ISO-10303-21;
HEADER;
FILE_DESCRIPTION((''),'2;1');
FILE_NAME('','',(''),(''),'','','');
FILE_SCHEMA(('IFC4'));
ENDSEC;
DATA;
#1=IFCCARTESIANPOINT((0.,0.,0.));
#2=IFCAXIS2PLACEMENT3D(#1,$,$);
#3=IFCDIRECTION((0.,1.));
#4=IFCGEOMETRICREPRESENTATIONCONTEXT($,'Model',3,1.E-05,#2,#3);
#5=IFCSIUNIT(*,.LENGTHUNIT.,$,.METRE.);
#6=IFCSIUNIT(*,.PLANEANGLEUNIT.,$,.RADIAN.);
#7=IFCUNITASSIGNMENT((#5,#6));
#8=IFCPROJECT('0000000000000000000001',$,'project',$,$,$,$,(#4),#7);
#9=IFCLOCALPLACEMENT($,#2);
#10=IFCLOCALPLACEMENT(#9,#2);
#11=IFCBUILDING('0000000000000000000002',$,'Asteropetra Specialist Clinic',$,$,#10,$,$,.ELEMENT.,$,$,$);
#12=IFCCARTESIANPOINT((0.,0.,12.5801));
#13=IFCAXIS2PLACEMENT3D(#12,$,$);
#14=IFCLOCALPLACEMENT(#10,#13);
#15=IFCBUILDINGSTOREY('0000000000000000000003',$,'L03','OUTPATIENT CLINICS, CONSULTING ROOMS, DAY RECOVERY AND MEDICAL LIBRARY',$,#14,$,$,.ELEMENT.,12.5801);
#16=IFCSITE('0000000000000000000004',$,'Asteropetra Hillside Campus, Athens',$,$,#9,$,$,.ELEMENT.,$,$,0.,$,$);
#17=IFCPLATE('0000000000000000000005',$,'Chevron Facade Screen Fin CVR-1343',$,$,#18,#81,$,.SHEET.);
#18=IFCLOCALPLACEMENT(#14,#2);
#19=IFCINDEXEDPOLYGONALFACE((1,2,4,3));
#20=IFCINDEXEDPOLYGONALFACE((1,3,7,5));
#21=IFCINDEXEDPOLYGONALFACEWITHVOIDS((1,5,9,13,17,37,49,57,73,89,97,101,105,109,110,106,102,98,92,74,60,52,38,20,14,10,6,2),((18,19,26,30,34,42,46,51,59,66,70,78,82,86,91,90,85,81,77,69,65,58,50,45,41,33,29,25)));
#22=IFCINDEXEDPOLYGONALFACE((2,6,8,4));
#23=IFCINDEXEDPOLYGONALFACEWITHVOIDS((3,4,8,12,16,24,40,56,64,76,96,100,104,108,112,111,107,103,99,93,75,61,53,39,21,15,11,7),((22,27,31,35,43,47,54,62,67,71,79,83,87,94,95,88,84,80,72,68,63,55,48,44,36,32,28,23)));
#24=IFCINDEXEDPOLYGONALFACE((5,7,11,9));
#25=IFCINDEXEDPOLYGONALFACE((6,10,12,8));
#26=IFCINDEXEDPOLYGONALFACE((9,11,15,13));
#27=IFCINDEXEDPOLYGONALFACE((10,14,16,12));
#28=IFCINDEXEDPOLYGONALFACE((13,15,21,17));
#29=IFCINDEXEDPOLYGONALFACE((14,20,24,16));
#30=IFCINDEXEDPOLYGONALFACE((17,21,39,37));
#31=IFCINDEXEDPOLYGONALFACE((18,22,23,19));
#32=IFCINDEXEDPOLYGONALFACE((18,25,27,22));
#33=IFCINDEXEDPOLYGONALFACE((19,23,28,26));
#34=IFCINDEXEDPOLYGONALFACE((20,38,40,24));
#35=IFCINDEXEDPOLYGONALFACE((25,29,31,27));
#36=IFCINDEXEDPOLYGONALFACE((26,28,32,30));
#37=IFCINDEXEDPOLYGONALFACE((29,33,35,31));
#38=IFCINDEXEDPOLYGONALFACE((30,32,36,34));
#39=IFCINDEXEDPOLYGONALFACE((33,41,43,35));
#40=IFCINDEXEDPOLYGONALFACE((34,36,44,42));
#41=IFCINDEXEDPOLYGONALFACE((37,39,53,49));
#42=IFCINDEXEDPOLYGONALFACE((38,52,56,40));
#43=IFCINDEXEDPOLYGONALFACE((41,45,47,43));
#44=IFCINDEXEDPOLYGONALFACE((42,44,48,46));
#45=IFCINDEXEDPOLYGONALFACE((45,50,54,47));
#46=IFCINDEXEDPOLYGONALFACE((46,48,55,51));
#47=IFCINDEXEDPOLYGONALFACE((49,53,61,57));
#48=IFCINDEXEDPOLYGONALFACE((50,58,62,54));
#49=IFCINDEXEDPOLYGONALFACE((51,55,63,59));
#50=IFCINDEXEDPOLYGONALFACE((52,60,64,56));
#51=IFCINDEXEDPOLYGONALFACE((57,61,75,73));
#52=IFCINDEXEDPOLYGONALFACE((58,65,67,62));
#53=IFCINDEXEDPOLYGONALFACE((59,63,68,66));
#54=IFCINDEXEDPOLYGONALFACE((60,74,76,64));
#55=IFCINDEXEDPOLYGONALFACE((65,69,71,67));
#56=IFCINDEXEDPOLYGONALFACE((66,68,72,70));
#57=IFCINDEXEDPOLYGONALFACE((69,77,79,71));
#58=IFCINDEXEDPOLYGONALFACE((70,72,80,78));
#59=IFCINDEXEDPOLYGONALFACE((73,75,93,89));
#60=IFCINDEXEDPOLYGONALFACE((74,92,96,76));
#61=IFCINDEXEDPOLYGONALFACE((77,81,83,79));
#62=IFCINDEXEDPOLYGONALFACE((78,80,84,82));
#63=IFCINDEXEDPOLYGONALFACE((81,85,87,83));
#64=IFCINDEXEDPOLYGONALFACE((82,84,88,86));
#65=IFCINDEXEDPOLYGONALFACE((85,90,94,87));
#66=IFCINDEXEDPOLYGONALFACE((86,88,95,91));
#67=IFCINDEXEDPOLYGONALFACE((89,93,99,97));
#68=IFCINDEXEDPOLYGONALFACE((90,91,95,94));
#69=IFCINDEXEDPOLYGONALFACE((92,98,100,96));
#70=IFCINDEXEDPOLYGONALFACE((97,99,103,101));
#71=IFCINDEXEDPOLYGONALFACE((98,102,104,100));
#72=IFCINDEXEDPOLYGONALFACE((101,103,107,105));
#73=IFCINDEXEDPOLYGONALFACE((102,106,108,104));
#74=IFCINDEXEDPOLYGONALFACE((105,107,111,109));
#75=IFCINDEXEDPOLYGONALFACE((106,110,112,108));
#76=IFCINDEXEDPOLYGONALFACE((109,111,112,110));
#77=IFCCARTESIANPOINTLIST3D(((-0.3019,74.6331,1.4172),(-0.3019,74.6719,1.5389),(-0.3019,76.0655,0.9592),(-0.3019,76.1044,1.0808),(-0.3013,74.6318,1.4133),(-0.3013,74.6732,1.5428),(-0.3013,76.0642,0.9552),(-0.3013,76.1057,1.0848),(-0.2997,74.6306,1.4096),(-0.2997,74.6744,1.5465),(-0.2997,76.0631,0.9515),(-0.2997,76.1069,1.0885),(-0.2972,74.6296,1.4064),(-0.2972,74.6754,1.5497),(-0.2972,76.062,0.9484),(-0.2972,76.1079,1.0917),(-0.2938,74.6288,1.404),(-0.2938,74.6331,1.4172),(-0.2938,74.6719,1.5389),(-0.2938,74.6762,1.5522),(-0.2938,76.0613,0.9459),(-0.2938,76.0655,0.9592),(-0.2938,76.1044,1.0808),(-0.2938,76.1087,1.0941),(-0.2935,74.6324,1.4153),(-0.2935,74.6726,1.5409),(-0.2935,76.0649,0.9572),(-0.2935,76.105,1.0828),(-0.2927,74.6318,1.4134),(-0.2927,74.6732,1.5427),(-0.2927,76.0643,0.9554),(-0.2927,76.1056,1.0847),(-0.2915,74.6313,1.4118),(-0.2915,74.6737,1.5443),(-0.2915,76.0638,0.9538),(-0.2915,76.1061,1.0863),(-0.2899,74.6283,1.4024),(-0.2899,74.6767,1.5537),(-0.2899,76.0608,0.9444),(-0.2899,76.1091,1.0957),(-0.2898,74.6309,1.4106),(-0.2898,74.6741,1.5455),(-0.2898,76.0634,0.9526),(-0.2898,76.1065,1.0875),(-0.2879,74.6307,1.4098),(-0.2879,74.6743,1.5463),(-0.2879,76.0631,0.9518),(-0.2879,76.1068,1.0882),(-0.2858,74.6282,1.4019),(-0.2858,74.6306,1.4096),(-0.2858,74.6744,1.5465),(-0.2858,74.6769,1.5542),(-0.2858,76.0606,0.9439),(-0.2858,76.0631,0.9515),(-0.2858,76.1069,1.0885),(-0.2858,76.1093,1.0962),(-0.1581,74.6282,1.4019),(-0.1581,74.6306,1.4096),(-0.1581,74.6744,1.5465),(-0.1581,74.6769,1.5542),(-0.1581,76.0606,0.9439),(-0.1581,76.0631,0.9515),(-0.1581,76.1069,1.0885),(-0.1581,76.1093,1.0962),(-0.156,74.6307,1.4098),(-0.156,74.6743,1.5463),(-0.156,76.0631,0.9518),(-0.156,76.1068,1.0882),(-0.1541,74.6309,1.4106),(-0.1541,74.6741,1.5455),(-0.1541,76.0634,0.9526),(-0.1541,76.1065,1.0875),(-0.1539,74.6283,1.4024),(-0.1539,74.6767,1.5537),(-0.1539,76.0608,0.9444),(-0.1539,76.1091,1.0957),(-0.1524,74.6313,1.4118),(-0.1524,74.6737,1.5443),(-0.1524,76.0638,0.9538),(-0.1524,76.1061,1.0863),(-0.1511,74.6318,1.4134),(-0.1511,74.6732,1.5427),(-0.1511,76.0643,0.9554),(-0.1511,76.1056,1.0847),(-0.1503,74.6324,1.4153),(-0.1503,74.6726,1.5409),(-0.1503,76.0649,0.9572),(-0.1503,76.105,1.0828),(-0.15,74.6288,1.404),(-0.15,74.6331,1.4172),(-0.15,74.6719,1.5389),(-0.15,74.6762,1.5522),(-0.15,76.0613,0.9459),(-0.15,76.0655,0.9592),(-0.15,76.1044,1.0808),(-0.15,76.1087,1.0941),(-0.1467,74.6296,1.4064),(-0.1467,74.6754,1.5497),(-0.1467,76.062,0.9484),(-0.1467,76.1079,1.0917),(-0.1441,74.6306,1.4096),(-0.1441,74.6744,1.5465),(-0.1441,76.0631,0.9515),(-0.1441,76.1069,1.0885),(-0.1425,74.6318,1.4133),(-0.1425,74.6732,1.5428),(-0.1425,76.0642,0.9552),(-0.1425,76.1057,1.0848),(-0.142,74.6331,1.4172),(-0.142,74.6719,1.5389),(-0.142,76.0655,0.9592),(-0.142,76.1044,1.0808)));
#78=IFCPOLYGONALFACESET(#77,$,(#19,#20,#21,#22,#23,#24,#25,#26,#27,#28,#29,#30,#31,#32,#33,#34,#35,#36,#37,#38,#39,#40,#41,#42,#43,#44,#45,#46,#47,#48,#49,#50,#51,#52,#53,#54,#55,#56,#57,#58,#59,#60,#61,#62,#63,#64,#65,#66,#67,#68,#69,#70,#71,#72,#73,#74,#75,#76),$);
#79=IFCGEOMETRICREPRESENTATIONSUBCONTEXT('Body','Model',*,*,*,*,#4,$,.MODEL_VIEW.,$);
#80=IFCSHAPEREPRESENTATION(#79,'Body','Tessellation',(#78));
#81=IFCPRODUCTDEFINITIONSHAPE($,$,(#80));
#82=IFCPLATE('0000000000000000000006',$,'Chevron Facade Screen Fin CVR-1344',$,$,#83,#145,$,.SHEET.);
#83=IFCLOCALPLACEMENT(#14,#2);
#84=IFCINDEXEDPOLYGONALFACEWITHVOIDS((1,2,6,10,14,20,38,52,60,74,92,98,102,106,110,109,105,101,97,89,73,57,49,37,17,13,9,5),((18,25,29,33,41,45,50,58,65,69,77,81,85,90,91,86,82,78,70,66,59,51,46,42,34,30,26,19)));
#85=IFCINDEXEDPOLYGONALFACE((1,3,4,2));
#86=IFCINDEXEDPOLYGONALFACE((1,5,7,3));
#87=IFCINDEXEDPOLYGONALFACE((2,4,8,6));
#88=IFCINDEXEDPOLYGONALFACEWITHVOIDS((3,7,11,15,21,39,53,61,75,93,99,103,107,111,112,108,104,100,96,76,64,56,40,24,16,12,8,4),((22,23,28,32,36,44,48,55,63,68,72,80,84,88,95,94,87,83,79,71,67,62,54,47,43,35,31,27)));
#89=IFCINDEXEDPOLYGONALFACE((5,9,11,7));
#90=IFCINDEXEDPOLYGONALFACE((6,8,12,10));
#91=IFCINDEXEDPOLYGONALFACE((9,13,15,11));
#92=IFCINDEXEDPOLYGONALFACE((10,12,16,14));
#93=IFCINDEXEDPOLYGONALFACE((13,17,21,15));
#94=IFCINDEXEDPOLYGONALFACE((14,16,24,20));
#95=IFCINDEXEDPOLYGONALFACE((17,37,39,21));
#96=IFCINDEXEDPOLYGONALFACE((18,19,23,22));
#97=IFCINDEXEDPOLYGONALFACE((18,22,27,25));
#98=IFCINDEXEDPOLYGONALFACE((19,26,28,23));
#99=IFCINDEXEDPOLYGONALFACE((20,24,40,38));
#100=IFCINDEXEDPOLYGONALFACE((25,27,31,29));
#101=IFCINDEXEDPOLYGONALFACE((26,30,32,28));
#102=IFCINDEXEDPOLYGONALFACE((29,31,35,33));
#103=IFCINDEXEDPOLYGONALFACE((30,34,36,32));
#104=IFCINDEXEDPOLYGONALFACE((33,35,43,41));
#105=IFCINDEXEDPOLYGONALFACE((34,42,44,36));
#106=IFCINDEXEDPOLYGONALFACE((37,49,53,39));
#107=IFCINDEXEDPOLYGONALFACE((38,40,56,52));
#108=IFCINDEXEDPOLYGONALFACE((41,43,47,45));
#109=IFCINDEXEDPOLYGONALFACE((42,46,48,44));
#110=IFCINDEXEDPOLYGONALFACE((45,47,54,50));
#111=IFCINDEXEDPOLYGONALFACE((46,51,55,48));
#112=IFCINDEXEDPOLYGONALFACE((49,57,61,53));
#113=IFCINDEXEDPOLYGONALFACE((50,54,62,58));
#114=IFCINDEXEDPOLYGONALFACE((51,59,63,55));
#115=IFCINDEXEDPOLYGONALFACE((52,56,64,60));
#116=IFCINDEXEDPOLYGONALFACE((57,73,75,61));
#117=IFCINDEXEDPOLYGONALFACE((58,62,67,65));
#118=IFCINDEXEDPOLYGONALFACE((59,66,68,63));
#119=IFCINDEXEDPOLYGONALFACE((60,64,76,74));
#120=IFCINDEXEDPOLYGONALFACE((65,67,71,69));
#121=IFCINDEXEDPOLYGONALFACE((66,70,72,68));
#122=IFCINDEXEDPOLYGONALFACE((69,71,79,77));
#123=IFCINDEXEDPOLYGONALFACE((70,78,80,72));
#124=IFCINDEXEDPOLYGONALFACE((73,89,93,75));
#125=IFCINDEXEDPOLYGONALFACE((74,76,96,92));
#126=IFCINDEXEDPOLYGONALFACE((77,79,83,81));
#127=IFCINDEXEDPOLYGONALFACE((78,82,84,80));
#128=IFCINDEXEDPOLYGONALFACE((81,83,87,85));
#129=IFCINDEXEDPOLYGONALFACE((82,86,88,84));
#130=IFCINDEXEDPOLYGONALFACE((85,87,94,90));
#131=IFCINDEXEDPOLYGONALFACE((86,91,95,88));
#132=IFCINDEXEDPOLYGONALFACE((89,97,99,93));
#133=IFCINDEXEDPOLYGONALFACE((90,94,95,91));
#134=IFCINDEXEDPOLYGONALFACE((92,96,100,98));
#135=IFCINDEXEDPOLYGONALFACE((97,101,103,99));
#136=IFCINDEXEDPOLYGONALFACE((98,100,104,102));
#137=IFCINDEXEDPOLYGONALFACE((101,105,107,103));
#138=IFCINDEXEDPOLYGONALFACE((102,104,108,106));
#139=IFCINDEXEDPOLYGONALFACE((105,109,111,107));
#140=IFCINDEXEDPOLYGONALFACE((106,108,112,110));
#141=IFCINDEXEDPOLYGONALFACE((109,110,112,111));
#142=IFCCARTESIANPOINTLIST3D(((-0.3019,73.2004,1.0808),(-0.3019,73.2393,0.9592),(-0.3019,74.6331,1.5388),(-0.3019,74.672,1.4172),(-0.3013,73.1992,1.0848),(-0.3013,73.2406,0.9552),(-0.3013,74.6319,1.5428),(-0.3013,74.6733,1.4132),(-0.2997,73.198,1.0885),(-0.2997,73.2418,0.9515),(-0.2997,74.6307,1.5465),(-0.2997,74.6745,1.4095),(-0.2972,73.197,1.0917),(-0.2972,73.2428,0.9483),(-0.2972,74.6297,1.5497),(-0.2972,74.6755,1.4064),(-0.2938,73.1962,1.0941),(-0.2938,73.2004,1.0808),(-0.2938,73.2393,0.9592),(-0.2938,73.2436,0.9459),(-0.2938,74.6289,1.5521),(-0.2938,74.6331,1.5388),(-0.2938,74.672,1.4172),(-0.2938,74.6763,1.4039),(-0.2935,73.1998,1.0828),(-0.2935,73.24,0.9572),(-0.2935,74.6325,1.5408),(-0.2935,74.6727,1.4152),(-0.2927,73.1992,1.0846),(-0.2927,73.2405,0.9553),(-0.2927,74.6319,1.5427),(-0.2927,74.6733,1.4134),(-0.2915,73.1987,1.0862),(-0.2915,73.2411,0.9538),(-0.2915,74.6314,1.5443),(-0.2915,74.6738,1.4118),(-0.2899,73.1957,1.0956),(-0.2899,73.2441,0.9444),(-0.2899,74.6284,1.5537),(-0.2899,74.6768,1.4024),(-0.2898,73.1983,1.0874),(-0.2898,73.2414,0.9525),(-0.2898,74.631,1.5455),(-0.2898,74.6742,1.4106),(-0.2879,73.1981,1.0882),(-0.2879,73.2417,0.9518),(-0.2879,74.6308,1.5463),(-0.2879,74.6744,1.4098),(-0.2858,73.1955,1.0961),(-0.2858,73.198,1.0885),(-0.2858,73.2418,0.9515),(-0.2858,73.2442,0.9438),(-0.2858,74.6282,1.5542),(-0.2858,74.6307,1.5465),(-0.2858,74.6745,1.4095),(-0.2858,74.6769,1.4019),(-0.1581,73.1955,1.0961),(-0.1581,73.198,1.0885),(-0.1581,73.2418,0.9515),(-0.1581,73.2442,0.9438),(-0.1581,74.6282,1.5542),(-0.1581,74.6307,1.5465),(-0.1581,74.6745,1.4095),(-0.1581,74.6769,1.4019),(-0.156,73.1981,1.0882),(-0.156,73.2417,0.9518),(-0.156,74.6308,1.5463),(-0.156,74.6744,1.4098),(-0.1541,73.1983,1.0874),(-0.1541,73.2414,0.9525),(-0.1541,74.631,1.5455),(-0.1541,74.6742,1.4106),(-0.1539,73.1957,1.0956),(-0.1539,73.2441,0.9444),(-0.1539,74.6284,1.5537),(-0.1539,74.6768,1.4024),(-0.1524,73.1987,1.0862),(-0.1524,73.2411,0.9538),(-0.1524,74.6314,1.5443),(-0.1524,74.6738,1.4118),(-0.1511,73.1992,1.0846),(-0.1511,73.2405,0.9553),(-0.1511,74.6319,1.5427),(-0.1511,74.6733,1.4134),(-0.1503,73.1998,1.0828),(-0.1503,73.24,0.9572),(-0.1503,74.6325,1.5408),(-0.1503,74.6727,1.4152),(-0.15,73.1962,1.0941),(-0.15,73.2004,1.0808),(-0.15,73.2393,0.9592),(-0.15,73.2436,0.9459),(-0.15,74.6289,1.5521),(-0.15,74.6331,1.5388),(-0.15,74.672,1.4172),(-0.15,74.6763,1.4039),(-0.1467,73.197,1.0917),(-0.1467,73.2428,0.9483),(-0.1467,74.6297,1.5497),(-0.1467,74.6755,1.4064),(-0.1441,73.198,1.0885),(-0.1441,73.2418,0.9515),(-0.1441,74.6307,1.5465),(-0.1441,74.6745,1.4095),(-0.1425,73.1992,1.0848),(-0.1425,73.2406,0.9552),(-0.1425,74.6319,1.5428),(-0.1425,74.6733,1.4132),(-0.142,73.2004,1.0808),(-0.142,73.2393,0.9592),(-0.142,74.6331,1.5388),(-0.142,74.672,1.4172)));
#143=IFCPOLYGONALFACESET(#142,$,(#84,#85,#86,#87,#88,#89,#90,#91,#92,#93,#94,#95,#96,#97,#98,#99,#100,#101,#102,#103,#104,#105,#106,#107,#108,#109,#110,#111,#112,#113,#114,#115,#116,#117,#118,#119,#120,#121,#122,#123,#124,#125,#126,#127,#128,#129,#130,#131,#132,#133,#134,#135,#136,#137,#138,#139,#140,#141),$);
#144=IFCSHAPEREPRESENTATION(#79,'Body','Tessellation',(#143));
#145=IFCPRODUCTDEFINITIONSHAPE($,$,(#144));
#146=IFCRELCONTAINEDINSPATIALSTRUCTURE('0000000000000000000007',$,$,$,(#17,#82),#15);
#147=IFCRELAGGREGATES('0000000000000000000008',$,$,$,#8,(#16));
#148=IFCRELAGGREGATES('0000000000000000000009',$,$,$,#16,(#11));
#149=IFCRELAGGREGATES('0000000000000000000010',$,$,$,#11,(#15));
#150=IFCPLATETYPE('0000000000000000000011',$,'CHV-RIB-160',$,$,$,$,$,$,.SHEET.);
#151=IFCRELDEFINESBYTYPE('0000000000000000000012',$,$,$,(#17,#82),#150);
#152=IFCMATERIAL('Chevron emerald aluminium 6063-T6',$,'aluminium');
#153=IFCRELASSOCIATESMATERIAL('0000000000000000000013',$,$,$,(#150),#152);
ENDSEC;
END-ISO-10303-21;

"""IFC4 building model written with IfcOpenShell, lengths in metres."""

from ifc_helpers import new_model, si_unit, direction, frame, origin, origin_2d, place, context, subcontext, project, spatial, hollow_rectangle, extrude, material, material_profile, profile_set, type_object, element, save


model = new_model("IFC4")

# Units and contexts
model_context = context("Model", 3, precision=1e-05, world=origin(), true_north=direction((0.0, 1.0)))
body_context = subcontext(model_context, "Body", "Model", "MODEL_VIEW")
ifc_project = project(units=[si_unit("LENGTHUNIT", "METRE"), si_unit("PLANEANGLEUNIT", "RADIAN")], contexts=[model_context])

# Site, building, storey
site_placement = place(None, origin())
site = spatial("IfcSite", under=ifc_project, at=site_placement, Name="Asteropetra Hillside Campus, Athens", CompositionType="ELEMENT", RefElevation=0.0)
building_placement = place(site_placement, origin())
building = spatial("IfcBuilding", under=site, at=building_placement, Name="Asteropetra Specialist Clinic", CompositionType="ELEMENT")
storey_placement = place(building_placement, frame((0.0, 0.0, 12.5801)))
storey = spatial("IfcBuildingStorey", under=building, at=storey_placement, Name="L03", Description="OUTPATIENT CLINICS, CONSULTING ROOMS, DAY RECOVERY AND MEDICAL LIBRARY", CompositionType="ELEMENT", Elevation=12.5801)

# Plates
ifc_material_1 = material(Name="Chevron emerald aluminium 6063-T6", Category="aluminium")
ifc_material_profile = material_profile(ifc_material_1, hollow_rectangle(XDim=0.1599, YDim=0.1599, WallThickness=0.0081, InnerFilletRadius=0.0081, OuterFilletRadius=0.0161, at=origin_2d()), Name="SHS 160x160x8.0")
ifc_profile_set = profile_set([ifc_material_profile], Name="Chevron emerald aluminium 6063-T6")
plate_type_1 = type_object("IfcPlateType", Name="CHV-RIB-160", PredefinedType="SHEET", material=ifc_profile_set)
plate_1_placement = place(storey_placement, frame((-0.2219, 76.085, 1.02), z_axis=(0.0, -0.952492, 0.304564), x_axis=(1.0, 0.0, 0.0)))
element("IfcPlate", 1, at=plate_1_placement, inside=storey, type_object=plate_type_1, Name="Chevron Facade Screen Fin CVR-1343", PredefinedType="SHEET", context=body_context, shape_type="SweptSolid", body=[
    extrude(hollow_rectangle(XDim=0.1599, YDim=0.1599, WallThickness=0.0081, InnerFilletRadius=0.0081, OuterFilletRadius=0.0161, at=origin_2d()), origin(), (0.0, 0.0, 1.0), 1.5039),
])
plate_2_placement = place(storey_placement, frame((-0.2219, 74.6526, 1.478), z_axis=(0.0, -0.952507, -0.304517), x_axis=(1.0, 0.0, 0.0)))
element("IfcPlate", 2, at=plate_2_placement, inside=storey, type_object=plate_type_1, Name="Chevron Facade Screen Fin CVR-1344", PredefinedType="SHEET", context=body_context, shape_type="SweptSolid", body=[
    extrude(hollow_rectangle(XDim=0.1599, YDim=0.1599, WallThickness=0.0081, InnerFilletRadius=0.0081, OuterFilletRadius=0.0161, at=origin_2d()), origin(), (0.0, 0.0, 1.0), 1.5042),
])

save(model, "model.ifc")
